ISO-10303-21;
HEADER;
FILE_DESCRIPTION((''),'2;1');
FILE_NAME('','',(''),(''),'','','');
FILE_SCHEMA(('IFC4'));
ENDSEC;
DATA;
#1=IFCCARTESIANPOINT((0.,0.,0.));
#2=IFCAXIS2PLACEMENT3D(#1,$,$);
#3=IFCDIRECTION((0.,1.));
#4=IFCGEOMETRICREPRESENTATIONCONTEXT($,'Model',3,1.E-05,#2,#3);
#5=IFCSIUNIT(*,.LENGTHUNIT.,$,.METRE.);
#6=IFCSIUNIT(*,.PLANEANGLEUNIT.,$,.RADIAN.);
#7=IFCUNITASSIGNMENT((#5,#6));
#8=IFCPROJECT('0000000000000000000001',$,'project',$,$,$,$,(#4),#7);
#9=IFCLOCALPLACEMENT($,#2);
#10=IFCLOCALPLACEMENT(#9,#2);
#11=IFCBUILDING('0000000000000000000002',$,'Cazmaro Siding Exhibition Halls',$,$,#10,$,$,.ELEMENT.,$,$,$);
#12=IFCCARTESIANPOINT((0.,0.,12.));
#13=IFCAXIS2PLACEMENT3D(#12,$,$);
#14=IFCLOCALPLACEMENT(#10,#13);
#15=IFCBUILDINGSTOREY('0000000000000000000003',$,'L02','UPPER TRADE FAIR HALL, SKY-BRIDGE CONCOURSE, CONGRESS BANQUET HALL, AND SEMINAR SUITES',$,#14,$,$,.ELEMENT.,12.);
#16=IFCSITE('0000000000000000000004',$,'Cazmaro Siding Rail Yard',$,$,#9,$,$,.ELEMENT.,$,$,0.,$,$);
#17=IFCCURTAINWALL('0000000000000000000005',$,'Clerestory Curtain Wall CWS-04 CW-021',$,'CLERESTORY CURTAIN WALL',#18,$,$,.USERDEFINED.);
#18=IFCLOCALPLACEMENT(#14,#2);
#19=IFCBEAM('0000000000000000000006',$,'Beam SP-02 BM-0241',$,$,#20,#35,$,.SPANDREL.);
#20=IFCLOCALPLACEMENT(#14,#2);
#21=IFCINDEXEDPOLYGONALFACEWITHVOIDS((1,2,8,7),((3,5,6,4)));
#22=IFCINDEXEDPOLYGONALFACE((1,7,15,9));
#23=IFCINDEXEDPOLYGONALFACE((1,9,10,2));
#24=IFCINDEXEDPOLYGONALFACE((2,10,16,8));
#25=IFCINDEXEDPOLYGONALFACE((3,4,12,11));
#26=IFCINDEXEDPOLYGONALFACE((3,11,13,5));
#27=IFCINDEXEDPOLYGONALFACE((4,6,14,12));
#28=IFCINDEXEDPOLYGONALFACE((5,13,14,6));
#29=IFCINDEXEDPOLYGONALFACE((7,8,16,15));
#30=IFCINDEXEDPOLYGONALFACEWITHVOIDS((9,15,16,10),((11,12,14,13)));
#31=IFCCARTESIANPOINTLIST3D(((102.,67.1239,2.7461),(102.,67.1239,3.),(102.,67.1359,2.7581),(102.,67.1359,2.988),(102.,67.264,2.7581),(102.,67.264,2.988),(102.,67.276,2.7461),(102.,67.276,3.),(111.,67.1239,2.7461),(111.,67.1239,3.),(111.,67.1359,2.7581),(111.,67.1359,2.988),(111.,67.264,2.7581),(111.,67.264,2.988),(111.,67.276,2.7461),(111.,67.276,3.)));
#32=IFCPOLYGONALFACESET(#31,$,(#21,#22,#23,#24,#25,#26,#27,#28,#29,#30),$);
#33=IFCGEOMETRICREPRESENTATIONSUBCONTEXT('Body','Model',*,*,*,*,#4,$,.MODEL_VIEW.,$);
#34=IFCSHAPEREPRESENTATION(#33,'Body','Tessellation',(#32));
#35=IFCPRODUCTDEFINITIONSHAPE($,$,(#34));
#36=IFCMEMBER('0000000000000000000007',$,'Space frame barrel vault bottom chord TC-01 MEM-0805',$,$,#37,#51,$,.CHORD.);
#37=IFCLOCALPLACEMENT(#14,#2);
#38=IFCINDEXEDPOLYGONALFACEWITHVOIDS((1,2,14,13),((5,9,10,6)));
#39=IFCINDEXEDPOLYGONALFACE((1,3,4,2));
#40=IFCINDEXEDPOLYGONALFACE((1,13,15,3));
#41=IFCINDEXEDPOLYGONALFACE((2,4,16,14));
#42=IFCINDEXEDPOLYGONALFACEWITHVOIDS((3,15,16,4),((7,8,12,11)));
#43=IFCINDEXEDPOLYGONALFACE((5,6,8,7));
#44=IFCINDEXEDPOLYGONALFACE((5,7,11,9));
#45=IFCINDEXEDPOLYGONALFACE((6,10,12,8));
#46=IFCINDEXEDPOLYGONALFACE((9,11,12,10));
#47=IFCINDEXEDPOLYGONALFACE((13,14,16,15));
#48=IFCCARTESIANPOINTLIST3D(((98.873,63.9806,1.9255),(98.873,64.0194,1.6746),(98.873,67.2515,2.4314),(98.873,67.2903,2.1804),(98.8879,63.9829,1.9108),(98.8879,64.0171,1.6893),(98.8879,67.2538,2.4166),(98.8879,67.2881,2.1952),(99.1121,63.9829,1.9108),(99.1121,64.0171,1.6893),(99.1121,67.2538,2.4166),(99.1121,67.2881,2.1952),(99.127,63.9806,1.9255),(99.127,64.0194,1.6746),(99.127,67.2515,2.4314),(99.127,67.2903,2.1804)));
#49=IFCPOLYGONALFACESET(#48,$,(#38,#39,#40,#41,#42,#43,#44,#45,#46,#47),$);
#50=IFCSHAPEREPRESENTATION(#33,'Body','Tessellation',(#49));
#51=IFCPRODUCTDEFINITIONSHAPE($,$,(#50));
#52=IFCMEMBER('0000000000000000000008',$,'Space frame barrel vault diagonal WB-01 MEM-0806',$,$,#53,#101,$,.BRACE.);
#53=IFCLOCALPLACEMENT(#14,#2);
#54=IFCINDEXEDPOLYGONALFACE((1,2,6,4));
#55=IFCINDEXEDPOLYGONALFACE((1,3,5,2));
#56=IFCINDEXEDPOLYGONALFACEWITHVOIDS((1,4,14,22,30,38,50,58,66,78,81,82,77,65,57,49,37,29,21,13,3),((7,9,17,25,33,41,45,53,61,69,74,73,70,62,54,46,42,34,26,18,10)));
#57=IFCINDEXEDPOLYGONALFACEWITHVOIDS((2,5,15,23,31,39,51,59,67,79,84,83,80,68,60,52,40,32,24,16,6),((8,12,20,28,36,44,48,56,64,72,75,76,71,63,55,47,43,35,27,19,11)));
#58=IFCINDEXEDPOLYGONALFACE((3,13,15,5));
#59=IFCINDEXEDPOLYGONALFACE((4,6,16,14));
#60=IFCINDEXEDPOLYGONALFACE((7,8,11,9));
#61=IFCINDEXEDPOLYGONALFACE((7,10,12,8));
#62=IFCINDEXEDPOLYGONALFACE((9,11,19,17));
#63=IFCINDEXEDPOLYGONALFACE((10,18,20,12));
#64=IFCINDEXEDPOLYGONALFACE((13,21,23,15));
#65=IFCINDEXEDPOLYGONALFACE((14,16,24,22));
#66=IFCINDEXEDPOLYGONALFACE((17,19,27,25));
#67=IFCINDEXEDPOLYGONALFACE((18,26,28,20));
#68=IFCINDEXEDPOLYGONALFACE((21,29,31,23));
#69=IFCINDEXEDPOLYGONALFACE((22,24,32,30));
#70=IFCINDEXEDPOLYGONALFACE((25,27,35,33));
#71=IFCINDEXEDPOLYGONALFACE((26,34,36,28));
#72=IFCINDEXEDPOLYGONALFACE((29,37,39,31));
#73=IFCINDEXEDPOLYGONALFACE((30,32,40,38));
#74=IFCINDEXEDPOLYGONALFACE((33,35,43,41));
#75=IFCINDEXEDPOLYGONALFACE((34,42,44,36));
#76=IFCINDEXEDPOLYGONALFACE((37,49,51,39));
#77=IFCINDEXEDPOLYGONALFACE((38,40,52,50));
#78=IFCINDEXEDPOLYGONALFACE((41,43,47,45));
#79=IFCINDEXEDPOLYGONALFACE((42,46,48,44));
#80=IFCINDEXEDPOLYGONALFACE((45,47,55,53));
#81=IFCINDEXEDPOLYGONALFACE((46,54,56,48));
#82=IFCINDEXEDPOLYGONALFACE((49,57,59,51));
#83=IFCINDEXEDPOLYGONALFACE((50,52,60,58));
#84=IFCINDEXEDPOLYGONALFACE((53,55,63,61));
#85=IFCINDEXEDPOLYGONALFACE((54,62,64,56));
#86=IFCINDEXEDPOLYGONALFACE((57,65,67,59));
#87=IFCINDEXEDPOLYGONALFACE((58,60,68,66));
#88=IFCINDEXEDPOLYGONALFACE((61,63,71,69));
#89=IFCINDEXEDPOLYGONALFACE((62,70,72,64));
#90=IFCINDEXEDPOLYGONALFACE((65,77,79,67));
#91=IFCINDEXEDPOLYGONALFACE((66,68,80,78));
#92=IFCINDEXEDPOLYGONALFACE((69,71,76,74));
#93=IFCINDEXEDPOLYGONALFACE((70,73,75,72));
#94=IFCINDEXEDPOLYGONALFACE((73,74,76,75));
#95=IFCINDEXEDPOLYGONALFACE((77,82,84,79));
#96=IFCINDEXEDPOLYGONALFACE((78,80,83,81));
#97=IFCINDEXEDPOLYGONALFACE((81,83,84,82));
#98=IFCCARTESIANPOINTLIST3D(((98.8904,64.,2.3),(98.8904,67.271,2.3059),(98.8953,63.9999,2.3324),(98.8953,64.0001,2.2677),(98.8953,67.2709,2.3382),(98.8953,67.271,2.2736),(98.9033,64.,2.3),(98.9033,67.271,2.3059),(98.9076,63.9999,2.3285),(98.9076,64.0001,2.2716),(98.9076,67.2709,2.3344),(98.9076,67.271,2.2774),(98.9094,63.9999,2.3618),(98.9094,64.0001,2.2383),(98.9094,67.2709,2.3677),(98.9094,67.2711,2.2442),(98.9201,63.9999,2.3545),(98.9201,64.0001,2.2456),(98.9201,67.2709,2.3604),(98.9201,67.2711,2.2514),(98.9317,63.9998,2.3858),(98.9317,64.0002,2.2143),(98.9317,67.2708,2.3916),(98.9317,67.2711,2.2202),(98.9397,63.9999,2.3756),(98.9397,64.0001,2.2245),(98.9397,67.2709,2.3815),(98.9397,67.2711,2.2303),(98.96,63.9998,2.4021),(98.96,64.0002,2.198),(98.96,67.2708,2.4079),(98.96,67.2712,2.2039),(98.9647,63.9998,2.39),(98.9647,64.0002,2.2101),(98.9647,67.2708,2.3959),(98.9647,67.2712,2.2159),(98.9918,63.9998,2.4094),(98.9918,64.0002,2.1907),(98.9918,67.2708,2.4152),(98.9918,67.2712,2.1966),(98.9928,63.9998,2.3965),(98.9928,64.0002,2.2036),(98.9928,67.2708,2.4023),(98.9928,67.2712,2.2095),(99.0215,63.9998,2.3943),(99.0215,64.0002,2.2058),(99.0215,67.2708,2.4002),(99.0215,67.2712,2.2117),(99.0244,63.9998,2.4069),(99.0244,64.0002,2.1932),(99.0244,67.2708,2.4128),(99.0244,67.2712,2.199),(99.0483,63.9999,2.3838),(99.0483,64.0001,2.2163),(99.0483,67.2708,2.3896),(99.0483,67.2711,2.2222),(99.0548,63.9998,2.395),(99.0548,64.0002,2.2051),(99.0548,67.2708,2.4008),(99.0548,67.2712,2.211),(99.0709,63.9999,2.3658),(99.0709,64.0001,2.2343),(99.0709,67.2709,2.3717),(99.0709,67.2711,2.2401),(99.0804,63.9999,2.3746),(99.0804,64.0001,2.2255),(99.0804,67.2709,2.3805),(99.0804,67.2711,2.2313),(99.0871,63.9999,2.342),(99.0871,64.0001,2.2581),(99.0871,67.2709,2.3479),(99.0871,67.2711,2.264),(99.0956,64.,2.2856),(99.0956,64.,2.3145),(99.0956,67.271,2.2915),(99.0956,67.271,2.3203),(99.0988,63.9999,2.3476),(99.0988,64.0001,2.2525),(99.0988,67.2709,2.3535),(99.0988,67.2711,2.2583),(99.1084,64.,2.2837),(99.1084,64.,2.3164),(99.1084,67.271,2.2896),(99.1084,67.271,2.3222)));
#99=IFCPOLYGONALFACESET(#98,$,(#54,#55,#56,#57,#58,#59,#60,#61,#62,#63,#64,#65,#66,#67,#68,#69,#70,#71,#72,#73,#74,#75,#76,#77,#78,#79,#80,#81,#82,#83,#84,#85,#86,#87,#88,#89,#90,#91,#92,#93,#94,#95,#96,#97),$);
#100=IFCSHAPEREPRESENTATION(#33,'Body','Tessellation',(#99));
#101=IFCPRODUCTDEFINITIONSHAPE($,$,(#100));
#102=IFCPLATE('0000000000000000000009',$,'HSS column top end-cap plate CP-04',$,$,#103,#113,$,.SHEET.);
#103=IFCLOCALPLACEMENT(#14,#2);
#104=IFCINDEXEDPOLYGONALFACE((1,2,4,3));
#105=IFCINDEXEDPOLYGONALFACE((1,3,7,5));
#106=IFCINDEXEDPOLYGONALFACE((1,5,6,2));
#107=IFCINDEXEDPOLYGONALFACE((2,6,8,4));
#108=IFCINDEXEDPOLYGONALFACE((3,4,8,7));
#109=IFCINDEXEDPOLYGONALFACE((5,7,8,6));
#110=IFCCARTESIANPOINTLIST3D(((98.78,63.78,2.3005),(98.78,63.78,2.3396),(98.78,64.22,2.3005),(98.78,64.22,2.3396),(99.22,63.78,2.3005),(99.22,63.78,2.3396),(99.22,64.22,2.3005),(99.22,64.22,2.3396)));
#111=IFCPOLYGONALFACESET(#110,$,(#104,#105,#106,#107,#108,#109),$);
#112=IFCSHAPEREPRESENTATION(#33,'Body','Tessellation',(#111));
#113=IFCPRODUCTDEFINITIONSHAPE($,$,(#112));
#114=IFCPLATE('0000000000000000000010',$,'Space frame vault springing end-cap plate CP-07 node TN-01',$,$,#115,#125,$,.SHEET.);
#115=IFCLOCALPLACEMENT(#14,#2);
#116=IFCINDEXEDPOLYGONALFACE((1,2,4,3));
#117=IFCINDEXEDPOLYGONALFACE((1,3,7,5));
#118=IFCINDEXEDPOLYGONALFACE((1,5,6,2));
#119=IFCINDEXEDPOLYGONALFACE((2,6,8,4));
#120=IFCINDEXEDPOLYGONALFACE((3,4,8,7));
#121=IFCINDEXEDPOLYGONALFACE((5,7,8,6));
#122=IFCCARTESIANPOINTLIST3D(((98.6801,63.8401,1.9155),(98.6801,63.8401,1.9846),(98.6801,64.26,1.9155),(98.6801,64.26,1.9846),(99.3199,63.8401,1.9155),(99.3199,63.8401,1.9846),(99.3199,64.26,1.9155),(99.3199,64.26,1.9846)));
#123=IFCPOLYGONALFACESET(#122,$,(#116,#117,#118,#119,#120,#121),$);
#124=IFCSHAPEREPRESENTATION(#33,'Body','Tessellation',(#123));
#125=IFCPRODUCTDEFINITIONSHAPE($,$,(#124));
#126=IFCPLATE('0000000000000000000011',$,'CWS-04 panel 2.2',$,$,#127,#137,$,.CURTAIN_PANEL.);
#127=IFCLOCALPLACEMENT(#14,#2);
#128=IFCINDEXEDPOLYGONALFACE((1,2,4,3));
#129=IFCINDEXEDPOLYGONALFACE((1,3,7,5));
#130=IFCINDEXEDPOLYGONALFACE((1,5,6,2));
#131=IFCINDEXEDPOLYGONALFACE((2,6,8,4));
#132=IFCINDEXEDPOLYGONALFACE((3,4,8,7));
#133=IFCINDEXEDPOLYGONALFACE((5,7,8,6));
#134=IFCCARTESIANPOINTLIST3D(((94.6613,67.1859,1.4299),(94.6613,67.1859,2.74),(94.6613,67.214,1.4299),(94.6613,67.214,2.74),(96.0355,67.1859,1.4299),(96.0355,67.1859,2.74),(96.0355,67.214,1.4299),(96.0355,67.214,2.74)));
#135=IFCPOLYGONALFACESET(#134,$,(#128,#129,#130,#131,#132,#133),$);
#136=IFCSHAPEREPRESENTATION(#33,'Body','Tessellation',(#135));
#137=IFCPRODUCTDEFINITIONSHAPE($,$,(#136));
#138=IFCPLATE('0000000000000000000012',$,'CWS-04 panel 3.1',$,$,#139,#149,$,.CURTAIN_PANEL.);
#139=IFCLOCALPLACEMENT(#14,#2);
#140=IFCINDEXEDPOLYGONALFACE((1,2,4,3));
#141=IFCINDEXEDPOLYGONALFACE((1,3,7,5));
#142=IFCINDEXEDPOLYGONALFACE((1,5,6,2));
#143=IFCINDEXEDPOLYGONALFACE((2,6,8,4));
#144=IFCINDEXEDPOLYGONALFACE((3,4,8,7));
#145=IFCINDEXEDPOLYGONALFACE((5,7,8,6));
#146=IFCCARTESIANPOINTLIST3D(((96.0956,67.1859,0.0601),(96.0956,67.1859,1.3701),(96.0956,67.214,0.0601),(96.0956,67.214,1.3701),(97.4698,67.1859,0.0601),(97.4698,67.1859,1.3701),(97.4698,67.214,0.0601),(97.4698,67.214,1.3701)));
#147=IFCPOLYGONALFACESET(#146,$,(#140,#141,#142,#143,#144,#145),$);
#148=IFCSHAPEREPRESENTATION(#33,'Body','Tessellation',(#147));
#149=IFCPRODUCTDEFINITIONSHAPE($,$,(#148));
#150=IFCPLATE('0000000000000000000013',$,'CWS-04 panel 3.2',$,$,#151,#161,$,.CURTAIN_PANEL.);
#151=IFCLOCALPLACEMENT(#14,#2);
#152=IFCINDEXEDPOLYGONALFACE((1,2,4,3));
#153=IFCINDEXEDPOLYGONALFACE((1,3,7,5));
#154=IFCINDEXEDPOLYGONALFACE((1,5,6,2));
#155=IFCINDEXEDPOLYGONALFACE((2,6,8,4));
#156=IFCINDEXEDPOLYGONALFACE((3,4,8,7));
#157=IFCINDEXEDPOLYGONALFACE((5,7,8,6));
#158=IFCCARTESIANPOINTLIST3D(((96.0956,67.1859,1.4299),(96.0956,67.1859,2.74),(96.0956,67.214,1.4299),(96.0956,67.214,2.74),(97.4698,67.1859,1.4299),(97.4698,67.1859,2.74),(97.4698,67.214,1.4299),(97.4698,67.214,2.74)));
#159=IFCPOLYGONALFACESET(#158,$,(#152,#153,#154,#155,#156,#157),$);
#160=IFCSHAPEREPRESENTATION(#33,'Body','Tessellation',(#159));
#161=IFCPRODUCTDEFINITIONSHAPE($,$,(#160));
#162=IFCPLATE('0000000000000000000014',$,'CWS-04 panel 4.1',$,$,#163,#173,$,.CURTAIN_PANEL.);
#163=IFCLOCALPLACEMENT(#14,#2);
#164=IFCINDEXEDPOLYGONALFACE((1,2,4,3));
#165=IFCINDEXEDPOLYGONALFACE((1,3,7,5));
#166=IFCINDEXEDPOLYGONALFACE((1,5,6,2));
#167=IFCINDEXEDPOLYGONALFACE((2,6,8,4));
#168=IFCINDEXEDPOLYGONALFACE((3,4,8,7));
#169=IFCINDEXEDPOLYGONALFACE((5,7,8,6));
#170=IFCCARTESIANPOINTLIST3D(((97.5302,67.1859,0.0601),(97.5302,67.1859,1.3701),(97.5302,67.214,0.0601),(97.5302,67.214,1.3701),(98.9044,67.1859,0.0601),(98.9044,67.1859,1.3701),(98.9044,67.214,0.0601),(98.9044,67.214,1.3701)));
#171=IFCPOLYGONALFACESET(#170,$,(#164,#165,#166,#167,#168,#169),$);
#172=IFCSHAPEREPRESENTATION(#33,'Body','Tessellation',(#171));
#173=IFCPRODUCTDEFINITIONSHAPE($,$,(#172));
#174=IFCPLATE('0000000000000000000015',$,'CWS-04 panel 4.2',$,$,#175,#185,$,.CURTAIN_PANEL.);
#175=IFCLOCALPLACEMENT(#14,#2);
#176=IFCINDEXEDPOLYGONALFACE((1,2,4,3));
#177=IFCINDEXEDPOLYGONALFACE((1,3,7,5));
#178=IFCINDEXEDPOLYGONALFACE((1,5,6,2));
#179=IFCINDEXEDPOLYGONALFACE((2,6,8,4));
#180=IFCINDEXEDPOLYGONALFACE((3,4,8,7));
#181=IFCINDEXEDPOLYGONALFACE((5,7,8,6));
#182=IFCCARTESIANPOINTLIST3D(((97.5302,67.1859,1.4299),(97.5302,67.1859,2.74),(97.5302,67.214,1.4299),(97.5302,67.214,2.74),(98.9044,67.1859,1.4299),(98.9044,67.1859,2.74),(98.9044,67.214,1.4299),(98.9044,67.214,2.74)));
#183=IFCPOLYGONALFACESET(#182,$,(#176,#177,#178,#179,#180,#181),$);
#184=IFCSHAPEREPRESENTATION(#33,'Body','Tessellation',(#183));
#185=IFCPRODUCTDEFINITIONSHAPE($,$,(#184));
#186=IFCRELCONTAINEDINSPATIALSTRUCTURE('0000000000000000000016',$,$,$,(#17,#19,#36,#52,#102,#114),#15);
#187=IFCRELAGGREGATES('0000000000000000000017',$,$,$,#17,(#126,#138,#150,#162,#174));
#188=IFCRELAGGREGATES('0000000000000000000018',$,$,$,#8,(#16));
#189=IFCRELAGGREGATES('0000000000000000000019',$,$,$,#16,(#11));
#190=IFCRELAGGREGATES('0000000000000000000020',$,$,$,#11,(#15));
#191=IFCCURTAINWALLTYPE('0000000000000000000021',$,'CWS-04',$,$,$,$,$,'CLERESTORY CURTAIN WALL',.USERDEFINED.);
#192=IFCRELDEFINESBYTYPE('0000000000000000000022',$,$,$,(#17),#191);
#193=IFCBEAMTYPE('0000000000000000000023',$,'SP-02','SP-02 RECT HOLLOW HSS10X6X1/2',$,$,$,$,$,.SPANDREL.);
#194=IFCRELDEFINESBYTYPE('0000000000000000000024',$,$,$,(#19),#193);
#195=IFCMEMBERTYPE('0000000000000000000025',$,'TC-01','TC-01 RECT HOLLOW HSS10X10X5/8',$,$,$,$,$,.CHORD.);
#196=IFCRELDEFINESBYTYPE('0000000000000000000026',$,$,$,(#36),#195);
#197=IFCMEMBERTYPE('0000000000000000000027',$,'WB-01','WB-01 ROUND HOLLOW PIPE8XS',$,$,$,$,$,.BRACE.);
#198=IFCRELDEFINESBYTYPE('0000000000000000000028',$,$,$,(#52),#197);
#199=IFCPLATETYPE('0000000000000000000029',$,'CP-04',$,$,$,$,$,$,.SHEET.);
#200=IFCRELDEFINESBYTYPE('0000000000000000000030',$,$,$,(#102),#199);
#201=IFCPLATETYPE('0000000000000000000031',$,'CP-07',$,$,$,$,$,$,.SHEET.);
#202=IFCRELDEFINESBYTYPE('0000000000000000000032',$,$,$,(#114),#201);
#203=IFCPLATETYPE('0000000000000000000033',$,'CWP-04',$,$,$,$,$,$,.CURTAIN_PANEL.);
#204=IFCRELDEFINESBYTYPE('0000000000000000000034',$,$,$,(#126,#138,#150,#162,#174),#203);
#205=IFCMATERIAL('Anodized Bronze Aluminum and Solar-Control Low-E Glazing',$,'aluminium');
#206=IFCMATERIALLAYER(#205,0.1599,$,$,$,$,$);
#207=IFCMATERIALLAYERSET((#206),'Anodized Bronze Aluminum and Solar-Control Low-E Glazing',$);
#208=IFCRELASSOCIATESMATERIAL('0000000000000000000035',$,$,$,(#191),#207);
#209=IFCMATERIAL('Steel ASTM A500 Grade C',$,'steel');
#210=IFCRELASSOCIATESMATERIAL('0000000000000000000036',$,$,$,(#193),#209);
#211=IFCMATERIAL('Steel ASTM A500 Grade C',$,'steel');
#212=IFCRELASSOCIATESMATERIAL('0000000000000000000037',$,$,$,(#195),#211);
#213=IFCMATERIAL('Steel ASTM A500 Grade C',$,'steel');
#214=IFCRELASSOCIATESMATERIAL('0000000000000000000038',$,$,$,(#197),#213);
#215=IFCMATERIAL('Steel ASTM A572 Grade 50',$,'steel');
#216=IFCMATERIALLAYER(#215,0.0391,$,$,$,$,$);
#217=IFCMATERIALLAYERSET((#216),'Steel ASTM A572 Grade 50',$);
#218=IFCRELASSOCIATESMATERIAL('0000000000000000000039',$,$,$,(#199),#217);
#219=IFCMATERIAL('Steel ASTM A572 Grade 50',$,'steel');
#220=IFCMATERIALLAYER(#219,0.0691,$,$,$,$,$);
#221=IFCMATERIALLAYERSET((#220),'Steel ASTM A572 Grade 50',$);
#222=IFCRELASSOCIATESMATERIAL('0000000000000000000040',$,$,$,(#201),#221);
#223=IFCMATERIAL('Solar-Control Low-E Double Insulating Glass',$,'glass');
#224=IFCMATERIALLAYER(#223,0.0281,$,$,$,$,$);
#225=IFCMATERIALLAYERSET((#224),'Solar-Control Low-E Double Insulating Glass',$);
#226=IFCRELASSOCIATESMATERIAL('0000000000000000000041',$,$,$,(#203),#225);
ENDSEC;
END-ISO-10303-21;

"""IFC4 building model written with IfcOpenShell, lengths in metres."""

from ifc_helpers import new_model, si_unit, direction, frame, origin, origin_2d, place, context, subcontext, project, spatial, rectangle, hollow_rectangle, hollow_circle, extrude, material, layer, layer_set, material_profile, profile_set, type_object, element, aggregate, save


model = new_model("IFC4")

# Units and contexts
model_context = context("Model", 3, precision=1e-05, world=origin(), true_north=direction((0.0, 1.0)))
body_context = subcontext(model_context, "Body", "Model", "MODEL_VIEW")
ifc_project = project(units=[si_unit("LENGTHUNIT", "METRE"), si_unit("PLANEANGLEUNIT", "RADIAN")], contexts=[model_context])

# Site, building, storey
site_placement = place(None, origin())
site = spatial("IfcSite", under=ifc_project, at=site_placement, Name="Cazmaro Siding Rail Yard", CompositionType="ELEMENT", RefElevation=0.0)
building_placement = place(site_placement, origin())
building = spatial("IfcBuilding", under=site, at=building_placement, Name="Cazmaro Siding Exhibition Halls", CompositionType="ELEMENT")
storey_placement = place(building_placement, frame((0.0, 0.0, 12.0)))
storey = spatial("IfcBuildingStorey", under=building, at=storey_placement, Name="L02", Description="UPPER TRADE FAIR HALL, SKY-BRIDGE CONCOURSE, CONGRESS BANQUET HALL, AND SEMINAR SUITES", CompositionType="ELEMENT", Elevation=12.0)

# Curtain wall
ifc_material_1 = material(Name="Anodized Bronze Aluminum and Solar-Control Low-E Glazing", Category="aluminium")
ifc_layer_1 = layer(ifc_material_1, 0.1599)
ifc_layer_set_1 = layer_set([ifc_layer_1], Name="Anodized Bronze Aluminum and Solar-Control Low-E Glazing")
curtain_wall_type = type_object("IfcCurtainWallType", Name="CWS-04", ElementType="CLERESTORY CURTAIN WALL", PredefinedType="USERDEFINED", material=ifc_layer_set_1)
curtain_wall_placement = place(storey_placement, origin())
curtain_wall = element("IfcCurtainWall", 1, at=curtain_wall_placement, inside=storey, type_object=curtain_wall_type, Name="Clerestory Curtain Wall CWS-04 CW-021", ObjectType="CLERESTORY CURTAIN WALL", PredefinedType="USERDEFINED")

# Beam
ifc_material_2 = material(Name="Steel ASTM A500 Grade C", Category="steel")
ifc_material_profile_1 = material_profile(ifc_material_2, hollow_rectangle(XDim=0.1521, YDim=0.2539, WallThickness=0.012, at=origin_2d()), Name="HSS10X6X1/2")
ifc_profile_set_1 = profile_set([ifc_material_profile_1], Name="Steel ASTM A500 Grade C")
beam_type_1 = type_object("IfcBeamType", Name="SP-02", Description="SP-02 RECT HOLLOW HSS10X6X1/2", PredefinedType="SPANDREL", material=ifc_profile_set_1)
beam_1_placement = place(storey_placement, frame((102.0, 67.2, 2.873), z_axis=(1.0, 0.0, 0.0), x_axis=(0.0, 1.0, 0.0)))
element("IfcBeam", 2, at=beam_1_placement, inside=storey, type_object=beam_type_1, Name="Beam SP-02 BM-0241", PredefinedType="SPANDREL", context=body_context, shape_type="SweptSolid", body=[
    extrude(hollow_rectangle(XDim=0.1521, YDim=0.2539, WallThickness=0.012, at=origin_2d()), origin(), (0.0, 0.0, 1.0), 9.0),
])

# Members
ifc_material_3 = material(Name="Steel ASTM A500 Grade C", Category="steel")
ifc_material_profile_2 = material_profile(ifc_material_3, hollow_rectangle(XDim=0.2539, YDim=0.2539, WallThickness=0.0149, at=origin_2d()), Name="HSS10X10X5/8")
ifc_profile_set_2 = profile_set([ifc_material_profile_2], Name="Steel ASTM A500 Grade C")
member_type_1 = type_object("IfcMemberType", Name="TC-01", Description="TC-01 RECT HOLLOW HSS10X10X5/8", PredefinedType="CHORD", material=ifc_profile_set_2)
member_1_placement = place(storey_placement, frame((99.0, 64.0, 1.8), z_axis=(0.0, 0.988252, 0.152833), x_axis=(-1.0, 0.0, 0.0)))
element("IfcMember", 3, at=member_1_placement, inside=storey, type_object=member_type_1, Name="Space frame barrel vault bottom chord TC-01 MEM-0805", PredefinedType="CHORD", context=body_context, shape_type="SweptSolid", body=[
    extrude(hollow_rectangle(XDim=0.2539, YDim=0.2539, WallThickness=0.0149, at=origin_2d()), origin(), (0.0, 0.0, 1.0), 3.3098),
])
ifc_material_4 = material(Name="Steel ASTM A500 Grade C", Category="steel")
ifc_material_profile_3 = material_profile(ifc_material_4, hollow_circle(Radius=0.1096, WallThickness=0.0129, at=origin_2d()), Name="PIPE8XS")
ifc_profile_set_3 = profile_set([ifc_material_profile_3], Name="Steel ASTM A500 Grade C")
member_type_2 = type_object("IfcMemberType", Name="WB-01", Description="WB-01 ROUND HOLLOW PIPE8XS", PredefinedType="BRACE", material=ifc_profile_set_3)
member_2_placement = place(storey_placement, frame((99.0, 64.0, 2.3), z_axis=(0.0, 0.999998, 0.001791), x_axis=(-1.0, 0.0, 0.0)))
element("IfcMember", 4, at=member_2_placement, inside=storey, type_object=member_type_2, Name="Space frame barrel vault diagonal WB-01 MEM-0806", PredefinedType="BRACE", context=body_context, shape_type="SweptSolid", body=[
    extrude(hollow_circle(Radius=0.1096, WallThickness=0.0129, at=origin_2d()), origin(), (0.0, 0.0, 1.0), 3.271),
])

# Plates
ifc_material_5 = material(Name="Steel ASTM A572 Grade 50", Category="steel")
ifc_layer_2 = layer(ifc_material_5, 0.0391)
ifc_layer_set_2 = layer_set([ifc_layer_2], Name="Steel ASTM A572 Grade 50")
plate_type_1 = type_object("IfcPlateType", Name="CP-04", PredefinedType="SHEET", material=ifc_layer_set_2)
plate_1_placement = place(storey_placement, frame((99.0, 64.0, 2.3005), z_axis=(0.0, 0.0, 1.0), x_axis=(1.0, 0.0, 0.0)))
element("IfcPlate", 5, at=plate_1_placement, inside=storey, type_object=plate_type_1, Name="HSS column top end-cap plate CP-04", PredefinedType="SHEET", context=body_context, shape_type="SweptSolid", body=[
    extrude(rectangle(XDim=0.4399, YDim=0.4399, at=origin_2d()), origin(), (0.0, 0.0, 1.0), 0.0391),
])
ifc_material_6 = material(Name="Steel ASTM A572 Grade 50", Category="steel")
ifc_layer_3 = layer(ifc_material_6, 0.0691)
ifc_layer_set_3 = layer_set([ifc_layer_3], Name="Steel ASTM A572 Grade 50")
plate_type_2 = type_object("IfcPlateType", Name="CP-07", PredefinedType="SHEET", material=ifc_layer_set_3)
plate_2_placement = place(storey_placement, frame((99.0, 64.05, 1.9155), z_axis=(0.0, 0.0, 1.0), x_axis=(1.0, 0.0, 0.0)))
element("IfcPlate", 6, at=plate_2_placement, inside=storey, type_object=plate_type_2, Name="Space frame vault springing end-cap plate CP-07 node TN-01", PredefinedType="SHEET", context=body_context, shape_type="SweptSolid", body=[
    extrude(rectangle(XDim=0.6399, YDim=0.4199, at=origin_2d()), origin(), (0.0, 0.0, 1.0), 0.0691),
])

# Plates
ifc_material_7 = material(Name="Solar-Control Low-E Double Insulating Glass", Category="glass")
ifc_layer_4 = layer(ifc_material_7, 0.0281)
ifc_layer_set_4 = layer_set([ifc_layer_4], Name="Solar-Control Low-E Double Insulating Glass")
plate_type_3 = type_object("IfcPlateType", Name="CWP-04", PredefinedType="CURTAIN_PANEL", material=ifc_layer_set_4)
plate_3_placement = place(storey_placement, frame((95.3484, 67.2, 1.4299), z_axis=(0.0, 0.0, 1.0), x_axis=(1.0, 0.0, 0.0)))
plate_3 = element("IfcPlate", 7, at=plate_3_placement, type_object=plate_type_3, Name="CWS-04 panel 2.2", PredefinedType="CURTAIN_PANEL", context=body_context, shape_type="SweptSolid", body=[
    extrude(rectangle(XDim=1.3743, YDim=0.0281, at=origin_2d()), origin(), (0.0, 0.0, 1.0), 1.3101),
])
plate_4_placement = place(storey_placement, frame((96.7827, 67.2, 0.0601), z_axis=(0.0, 0.0, 1.0), x_axis=(1.0, 0.0, 0.0)))
plate_4 = element("IfcPlate", 8, at=plate_4_placement, type_object=plate_type_3, Name="CWS-04 panel 3.1", PredefinedType="CURTAIN_PANEL", context=body_context, shape_type="SweptSolid", body=[
    extrude(rectangle(XDim=1.3743, YDim=0.0281, at=origin_2d()), origin(), (0.0, 0.0, 1.0), 1.3101),
])
plate_5_placement = place(storey_placement, frame((96.7827, 67.2, 1.4299), z_axis=(0.0, 0.0, 1.0), x_axis=(1.0, 0.0, 0.0)))
plate_5 = element("IfcPlate", 9, at=plate_5_placement, type_object=plate_type_3, Name="CWS-04 panel 3.2", PredefinedType="CURTAIN_PANEL", context=body_context, shape_type="SweptSolid", body=[
    extrude(rectangle(XDim=1.3743, YDim=0.0281, at=origin_2d()), origin(), (0.0, 0.0, 1.0), 1.3101),
])
plate_6_placement = place(storey_placement, frame((98.2173, 67.2, 0.0601), z_axis=(0.0, 0.0, 1.0), x_axis=(1.0, 0.0, 0.0)))
plate_6 = element("IfcPlate", 10, at=plate_6_placement, type_object=plate_type_3, Name="CWS-04 panel 4.1", PredefinedType="CURTAIN_PANEL", context=body_context, shape_type="SweptSolid", body=[
    extrude(rectangle(XDim=1.3743, YDim=0.0281, at=origin_2d()), origin(), (0.0, 0.0, 1.0), 1.3101),
])
plate_7_placement = place(storey_placement, frame((98.2173, 67.2, 1.4299), z_axis=(0.0, 0.0, 1.0), x_axis=(1.0, 0.0, 0.0)))
plate_7 = element("IfcPlate", 11, at=plate_7_placement, type_object=plate_type_3, Name="CWS-04 panel 4.2", PredefinedType="CURTAIN_PANEL", context=body_context, shape_type="SweptSolid", body=[
    extrude(rectangle(XDim=1.3743, YDim=0.0281, at=origin_2d()), origin(), (0.0, 0.0, 1.0), 1.3101),
])
aggregate(curtain_wall, [plate_3, plate_4, plate_5, plate_6, plate_7])

save(model, "model.ifc")
